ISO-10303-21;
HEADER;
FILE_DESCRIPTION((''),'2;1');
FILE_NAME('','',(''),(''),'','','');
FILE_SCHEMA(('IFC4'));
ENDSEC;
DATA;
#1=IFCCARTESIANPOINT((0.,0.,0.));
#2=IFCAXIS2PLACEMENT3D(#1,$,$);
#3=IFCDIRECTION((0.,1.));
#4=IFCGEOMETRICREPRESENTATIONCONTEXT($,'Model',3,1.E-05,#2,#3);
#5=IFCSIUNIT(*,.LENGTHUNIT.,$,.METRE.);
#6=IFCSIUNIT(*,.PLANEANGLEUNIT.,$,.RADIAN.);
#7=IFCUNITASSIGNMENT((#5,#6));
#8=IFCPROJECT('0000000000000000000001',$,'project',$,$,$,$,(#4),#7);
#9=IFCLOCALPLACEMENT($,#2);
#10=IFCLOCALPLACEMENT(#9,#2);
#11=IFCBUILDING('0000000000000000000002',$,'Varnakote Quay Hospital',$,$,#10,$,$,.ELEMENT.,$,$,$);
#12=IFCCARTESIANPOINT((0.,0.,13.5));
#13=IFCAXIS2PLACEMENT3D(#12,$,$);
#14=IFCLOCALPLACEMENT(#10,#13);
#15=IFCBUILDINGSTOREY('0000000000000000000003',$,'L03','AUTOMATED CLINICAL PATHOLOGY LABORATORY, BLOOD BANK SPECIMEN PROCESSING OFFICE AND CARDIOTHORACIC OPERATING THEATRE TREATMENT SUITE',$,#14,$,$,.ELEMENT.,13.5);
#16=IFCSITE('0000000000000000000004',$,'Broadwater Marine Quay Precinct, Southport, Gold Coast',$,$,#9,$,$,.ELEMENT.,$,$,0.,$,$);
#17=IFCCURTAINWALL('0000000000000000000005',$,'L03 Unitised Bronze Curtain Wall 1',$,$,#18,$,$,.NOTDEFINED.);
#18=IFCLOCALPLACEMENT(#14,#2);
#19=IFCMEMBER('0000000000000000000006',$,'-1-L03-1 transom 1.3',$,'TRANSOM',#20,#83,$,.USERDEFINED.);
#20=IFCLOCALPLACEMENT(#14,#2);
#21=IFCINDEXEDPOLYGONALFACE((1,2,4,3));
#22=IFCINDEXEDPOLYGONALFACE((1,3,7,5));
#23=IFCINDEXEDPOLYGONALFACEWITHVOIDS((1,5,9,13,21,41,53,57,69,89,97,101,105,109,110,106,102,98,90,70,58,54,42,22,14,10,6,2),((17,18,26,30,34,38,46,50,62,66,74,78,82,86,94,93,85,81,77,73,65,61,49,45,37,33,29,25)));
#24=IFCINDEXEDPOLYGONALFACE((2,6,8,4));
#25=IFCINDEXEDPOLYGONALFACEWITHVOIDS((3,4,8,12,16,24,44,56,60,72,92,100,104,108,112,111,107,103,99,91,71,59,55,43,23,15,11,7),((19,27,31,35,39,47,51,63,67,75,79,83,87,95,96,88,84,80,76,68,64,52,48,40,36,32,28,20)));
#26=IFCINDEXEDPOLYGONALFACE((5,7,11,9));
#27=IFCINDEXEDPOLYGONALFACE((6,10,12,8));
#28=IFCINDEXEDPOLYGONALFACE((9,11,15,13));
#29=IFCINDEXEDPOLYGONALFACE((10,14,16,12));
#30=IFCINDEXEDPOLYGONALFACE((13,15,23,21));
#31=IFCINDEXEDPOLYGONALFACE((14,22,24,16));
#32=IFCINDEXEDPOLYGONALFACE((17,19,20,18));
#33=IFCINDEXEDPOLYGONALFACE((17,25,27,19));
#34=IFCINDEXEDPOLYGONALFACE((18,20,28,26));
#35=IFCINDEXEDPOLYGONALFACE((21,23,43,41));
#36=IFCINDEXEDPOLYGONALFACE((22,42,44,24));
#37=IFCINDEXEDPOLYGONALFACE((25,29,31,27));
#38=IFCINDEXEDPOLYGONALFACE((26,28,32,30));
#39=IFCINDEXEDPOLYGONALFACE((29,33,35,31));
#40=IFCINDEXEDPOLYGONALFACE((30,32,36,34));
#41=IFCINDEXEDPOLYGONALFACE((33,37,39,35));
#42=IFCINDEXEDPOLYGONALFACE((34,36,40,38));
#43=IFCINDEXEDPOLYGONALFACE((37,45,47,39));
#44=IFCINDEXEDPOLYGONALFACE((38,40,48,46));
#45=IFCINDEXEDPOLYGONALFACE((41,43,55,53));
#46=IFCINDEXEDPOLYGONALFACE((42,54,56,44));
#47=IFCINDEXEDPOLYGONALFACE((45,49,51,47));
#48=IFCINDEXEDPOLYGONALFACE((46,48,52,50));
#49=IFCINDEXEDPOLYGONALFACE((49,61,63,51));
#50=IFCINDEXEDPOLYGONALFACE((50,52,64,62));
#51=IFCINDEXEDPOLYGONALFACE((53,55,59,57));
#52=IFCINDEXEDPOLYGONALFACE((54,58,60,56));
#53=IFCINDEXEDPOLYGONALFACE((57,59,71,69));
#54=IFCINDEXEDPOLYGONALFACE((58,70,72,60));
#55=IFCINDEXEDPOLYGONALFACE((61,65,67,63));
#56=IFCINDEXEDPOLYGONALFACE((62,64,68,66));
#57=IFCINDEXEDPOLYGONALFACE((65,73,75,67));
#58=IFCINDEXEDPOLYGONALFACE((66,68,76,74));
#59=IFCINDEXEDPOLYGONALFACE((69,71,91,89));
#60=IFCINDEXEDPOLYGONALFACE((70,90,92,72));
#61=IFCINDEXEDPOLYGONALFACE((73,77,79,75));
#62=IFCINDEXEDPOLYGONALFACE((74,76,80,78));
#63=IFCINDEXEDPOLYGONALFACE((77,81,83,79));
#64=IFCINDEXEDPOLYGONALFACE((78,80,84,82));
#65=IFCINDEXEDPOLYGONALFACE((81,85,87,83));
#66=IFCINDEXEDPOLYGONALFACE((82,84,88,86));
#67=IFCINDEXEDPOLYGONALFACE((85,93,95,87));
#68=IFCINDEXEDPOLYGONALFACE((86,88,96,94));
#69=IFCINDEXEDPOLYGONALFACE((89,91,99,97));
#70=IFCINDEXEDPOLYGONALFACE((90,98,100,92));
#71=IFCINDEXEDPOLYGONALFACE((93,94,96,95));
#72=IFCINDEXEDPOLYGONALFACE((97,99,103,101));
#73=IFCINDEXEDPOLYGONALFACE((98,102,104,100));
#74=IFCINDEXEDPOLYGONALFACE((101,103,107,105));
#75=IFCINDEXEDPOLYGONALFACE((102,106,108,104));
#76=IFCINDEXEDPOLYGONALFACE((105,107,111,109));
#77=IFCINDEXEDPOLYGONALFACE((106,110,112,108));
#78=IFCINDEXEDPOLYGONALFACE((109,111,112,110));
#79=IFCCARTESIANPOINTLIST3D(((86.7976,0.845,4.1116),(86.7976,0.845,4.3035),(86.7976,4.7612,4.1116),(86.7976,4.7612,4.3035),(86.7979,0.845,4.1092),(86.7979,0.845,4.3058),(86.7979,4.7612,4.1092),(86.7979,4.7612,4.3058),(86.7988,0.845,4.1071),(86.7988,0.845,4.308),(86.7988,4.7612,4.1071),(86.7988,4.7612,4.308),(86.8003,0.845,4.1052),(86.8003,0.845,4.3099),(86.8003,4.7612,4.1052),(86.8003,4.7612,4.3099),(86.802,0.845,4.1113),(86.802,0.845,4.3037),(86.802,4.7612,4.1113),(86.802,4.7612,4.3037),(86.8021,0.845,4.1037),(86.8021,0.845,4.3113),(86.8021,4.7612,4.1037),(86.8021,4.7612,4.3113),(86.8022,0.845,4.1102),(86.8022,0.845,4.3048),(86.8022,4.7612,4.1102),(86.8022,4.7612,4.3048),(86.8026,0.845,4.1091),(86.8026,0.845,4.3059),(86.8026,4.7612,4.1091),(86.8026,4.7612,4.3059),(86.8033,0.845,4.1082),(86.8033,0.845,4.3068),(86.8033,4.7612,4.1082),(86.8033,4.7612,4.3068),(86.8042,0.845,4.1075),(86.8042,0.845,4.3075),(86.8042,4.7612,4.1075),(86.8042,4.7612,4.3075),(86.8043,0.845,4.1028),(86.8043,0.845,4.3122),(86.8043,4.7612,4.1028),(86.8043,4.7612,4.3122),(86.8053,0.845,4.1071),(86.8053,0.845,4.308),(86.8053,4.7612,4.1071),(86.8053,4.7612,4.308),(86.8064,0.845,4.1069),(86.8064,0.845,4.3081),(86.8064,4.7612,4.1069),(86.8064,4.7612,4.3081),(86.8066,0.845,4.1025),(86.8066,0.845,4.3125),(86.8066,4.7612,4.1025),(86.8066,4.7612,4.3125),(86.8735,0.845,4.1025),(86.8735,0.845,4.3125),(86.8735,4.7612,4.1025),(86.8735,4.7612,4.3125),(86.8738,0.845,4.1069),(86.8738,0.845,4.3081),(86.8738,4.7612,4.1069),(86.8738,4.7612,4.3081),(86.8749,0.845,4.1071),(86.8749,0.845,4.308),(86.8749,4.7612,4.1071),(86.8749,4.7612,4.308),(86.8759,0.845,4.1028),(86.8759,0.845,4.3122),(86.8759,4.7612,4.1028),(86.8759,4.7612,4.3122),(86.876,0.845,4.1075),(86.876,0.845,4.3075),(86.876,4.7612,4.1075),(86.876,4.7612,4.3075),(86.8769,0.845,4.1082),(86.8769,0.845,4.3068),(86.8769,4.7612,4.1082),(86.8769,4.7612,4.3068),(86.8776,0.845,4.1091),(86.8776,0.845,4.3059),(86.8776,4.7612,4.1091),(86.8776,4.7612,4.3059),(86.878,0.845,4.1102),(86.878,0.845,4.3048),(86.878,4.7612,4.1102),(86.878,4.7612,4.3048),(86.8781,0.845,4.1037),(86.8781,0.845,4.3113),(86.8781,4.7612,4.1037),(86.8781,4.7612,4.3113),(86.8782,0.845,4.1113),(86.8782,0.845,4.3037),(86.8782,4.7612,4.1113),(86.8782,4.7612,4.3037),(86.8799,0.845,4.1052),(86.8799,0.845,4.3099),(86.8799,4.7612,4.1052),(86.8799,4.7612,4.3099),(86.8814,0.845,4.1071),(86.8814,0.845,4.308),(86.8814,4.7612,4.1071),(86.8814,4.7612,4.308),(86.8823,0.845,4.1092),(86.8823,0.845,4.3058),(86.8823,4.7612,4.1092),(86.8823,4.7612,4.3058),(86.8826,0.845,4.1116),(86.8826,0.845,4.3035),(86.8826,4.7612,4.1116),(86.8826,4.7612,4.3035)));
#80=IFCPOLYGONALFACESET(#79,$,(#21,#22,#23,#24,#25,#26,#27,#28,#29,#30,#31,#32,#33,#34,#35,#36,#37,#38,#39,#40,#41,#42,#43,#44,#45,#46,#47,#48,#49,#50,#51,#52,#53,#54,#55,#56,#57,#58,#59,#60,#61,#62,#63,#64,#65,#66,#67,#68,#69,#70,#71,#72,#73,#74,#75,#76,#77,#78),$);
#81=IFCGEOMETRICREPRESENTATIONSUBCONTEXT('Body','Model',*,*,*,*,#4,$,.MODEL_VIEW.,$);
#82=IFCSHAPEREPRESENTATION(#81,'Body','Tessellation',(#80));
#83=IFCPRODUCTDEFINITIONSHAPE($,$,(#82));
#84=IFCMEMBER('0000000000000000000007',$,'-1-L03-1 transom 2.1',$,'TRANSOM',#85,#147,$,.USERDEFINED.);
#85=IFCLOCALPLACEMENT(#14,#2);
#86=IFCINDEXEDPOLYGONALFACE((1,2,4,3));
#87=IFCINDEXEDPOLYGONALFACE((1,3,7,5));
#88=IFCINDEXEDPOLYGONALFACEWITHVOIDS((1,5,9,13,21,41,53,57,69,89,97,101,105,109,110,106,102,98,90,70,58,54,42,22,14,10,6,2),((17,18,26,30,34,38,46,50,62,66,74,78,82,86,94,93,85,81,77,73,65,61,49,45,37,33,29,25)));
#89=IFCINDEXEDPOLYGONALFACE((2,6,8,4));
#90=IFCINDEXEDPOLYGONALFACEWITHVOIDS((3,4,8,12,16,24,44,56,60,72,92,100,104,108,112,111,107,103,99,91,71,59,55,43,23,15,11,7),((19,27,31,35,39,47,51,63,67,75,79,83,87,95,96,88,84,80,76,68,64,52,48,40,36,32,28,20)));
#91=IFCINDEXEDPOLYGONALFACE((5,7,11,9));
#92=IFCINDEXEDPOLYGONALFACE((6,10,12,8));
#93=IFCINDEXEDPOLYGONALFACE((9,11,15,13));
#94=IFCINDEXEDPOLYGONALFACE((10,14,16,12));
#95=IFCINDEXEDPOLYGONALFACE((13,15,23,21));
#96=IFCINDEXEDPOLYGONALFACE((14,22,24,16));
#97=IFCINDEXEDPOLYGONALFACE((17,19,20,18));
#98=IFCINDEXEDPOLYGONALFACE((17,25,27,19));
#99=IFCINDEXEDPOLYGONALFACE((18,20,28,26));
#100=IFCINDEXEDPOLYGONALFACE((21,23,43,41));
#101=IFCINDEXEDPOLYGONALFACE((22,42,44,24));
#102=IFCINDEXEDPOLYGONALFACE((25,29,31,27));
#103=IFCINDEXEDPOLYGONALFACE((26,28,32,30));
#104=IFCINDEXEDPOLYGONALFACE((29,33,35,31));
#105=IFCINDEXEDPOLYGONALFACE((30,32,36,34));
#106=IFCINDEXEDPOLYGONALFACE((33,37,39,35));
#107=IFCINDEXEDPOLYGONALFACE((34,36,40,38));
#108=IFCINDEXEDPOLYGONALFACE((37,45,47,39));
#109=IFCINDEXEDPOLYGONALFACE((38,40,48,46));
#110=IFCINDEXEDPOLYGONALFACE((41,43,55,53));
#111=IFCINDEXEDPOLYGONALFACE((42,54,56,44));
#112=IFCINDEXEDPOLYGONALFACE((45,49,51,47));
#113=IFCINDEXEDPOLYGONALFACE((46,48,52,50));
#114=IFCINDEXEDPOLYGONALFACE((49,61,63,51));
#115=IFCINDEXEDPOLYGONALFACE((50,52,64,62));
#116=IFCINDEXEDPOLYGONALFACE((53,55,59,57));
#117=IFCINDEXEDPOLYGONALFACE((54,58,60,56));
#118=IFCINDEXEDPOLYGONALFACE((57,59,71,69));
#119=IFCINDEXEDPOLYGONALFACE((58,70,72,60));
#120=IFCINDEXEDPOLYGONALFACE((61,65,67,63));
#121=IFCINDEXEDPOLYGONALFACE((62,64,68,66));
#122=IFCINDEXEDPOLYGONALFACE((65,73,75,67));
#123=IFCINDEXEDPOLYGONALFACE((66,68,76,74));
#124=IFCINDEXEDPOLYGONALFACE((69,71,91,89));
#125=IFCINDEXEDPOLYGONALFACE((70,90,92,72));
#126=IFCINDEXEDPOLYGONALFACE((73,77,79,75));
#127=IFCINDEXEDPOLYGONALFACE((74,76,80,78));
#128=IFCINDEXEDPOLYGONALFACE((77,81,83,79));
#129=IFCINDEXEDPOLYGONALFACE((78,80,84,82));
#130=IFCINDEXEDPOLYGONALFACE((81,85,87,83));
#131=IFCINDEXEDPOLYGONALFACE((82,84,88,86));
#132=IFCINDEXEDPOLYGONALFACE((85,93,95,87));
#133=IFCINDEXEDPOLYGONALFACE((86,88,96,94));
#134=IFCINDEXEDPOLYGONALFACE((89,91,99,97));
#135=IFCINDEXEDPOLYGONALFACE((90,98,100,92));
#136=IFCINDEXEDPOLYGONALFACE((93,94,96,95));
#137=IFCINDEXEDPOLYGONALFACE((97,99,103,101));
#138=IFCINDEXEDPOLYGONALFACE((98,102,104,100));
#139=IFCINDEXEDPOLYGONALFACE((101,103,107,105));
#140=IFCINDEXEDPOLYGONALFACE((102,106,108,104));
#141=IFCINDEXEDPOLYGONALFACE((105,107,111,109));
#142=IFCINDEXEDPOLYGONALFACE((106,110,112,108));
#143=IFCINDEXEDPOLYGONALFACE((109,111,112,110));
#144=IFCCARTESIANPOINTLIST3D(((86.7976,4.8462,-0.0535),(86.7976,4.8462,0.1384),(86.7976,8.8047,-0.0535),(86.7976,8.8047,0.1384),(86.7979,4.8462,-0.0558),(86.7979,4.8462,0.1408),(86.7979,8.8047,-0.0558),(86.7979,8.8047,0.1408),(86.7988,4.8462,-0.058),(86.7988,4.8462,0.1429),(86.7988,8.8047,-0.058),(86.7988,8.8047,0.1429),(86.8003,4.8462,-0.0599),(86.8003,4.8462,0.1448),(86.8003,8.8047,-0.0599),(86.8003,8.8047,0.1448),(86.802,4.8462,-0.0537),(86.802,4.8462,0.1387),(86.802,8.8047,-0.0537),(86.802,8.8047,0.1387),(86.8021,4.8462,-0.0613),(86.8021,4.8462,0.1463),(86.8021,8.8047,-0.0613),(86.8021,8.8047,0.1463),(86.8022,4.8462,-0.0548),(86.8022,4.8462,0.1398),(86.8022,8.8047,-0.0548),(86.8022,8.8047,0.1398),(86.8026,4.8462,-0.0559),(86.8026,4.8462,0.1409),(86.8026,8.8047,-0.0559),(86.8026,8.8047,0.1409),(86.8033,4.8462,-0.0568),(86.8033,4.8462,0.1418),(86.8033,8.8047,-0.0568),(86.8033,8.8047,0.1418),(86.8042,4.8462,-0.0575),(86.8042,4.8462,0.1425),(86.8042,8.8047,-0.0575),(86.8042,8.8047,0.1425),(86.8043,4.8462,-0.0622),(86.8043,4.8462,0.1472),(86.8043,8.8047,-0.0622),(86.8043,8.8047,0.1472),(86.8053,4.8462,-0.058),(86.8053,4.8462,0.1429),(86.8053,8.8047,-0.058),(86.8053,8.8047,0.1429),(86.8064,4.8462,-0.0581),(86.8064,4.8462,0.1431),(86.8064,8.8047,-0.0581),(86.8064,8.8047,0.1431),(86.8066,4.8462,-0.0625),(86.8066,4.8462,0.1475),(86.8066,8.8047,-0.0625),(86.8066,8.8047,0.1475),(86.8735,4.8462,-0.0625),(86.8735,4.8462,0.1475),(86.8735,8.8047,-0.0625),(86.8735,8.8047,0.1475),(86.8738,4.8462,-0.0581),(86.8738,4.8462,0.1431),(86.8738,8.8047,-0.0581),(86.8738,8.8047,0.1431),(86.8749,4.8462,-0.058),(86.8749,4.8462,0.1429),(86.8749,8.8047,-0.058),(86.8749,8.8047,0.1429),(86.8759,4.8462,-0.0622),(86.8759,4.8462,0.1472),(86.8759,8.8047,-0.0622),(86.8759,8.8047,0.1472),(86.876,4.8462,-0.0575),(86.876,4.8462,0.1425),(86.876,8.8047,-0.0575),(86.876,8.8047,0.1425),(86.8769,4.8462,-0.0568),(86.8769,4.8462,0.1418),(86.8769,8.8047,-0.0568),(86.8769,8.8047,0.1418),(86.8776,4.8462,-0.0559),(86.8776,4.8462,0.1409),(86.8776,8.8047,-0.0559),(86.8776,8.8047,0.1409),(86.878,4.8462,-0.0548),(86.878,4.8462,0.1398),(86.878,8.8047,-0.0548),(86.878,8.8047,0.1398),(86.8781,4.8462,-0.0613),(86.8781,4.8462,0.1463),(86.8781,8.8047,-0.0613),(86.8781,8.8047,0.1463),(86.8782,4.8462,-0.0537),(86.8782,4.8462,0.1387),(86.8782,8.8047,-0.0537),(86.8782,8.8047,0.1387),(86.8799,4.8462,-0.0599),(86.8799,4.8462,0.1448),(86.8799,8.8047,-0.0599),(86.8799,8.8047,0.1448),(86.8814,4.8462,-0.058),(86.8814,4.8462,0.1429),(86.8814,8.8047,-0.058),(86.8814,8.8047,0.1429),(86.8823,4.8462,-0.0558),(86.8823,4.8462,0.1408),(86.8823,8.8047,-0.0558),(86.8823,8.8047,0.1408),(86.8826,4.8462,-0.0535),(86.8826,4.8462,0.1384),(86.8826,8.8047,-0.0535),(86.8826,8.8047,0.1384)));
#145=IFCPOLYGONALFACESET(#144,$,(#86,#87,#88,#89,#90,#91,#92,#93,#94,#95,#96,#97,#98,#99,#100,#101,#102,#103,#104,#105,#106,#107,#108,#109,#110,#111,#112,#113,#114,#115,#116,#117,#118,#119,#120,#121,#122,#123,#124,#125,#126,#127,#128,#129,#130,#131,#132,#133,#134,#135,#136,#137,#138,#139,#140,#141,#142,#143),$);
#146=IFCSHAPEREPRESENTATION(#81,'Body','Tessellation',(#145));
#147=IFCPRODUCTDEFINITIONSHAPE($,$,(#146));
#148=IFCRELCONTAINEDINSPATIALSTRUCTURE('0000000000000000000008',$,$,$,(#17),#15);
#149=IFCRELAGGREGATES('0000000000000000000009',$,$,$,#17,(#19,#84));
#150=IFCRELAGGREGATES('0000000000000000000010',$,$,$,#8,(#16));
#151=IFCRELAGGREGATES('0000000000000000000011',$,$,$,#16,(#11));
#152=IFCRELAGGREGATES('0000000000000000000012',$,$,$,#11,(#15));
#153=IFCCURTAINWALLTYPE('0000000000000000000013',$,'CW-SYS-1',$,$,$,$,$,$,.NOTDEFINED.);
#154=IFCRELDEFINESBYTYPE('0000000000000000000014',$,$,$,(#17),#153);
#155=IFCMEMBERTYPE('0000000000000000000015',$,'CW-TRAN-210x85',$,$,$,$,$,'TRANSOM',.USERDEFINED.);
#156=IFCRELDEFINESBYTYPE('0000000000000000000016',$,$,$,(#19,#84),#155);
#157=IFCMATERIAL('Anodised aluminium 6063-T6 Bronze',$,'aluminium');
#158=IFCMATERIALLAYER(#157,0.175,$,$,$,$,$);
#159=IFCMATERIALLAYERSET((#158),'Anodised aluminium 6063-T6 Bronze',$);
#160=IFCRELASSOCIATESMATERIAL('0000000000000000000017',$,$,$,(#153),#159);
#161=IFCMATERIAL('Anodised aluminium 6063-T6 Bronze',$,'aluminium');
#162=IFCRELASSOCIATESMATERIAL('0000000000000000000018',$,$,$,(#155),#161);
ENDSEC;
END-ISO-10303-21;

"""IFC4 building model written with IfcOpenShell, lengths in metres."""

from ifc_helpers import new_model, si_unit, direction, frame, origin, origin_2d, place, context, subcontext, project, spatial, hollow_rectangle, extrude, material, layer, layer_set, material_profile, profile_set, type_object, element, aggregate, save


model = new_model("IFC4")

# Units and contexts
model_context = context("Model", 3, precision=1e-05, world=origin(), true_north=direction((0.0, 1.0)))
body_context = subcontext(model_context, "Body", "Model", "MODEL_VIEW")
ifc_project = project(units=[si_unit("LENGTHUNIT", "METRE"), si_unit("PLANEANGLEUNIT", "RADIAN")], contexts=[model_context])

# Site, building, storey
site_placement = place(None, origin())
site = spatial("IfcSite", under=ifc_project, at=site_placement, Name="Broadwater Marine Quay Precinct, Southport, Gold Coast", CompositionType="ELEMENT", RefElevation=0.0)
building_placement = place(site_placement, origin())
building = spatial("IfcBuilding", under=site, at=building_placement, Name="Varnakote Quay Hospital", CompositionType="ELEMENT")
storey_placement = place(building_placement, frame((0.0, 0.0, 13.5)))
storey = spatial("IfcBuildingStorey", under=building, at=storey_placement, Name="L03", Description="AUTOMATED CLINICAL PATHOLOGY LABORATORY, BLOOD BANK SPECIMEN PROCESSING OFFICE AND CARDIOTHORACIC OPERATING THEATRE TREATMENT SUITE", CompositionType="ELEMENT", Elevation=13.5)

# Curtain wall, members
ifc_material_1 = material(Name="Anodised aluminium 6063-T6 Bronze", Category="aluminium")
ifc_layer_1 = layer(ifc_material_1, 0.175)
ifc_layer_set_1 = layer_set([ifc_layer_1], Name="Anodised aluminium 6063-T6 Bronze")
curtain_wall_type = type_object("IfcCurtainWallType", Name="CW-SYS-1", PredefinedType="NOTDEFINED", material=ifc_layer_set_1)
curtain_wall_placement = place(storey_placement, origin())
curtain_wall = element("IfcCurtainWall", 1, at=curtain_wall_placement, inside=storey, type_object=curtain_wall_type, Name="L03 Unitised Bronze Curtain Wall 1", PredefinedType="NOTDEFINED")
ifc_material_2 = material(Name="Anodised aluminium 6063-T6 Bronze", Category="aluminium")
ifc_material_profile_1 = material_profile(ifc_material_2, hollow_rectangle(XDim=0.085, YDim=0.21, WallThickness=0.0044, InnerFilletRadius=0.0044, OuterFilletRadius=0.009, at=origin_2d()), Name="CW-TRAN-210x85")
ifc_profile_set_1 = profile_set([ifc_material_profile_1], Name="Anodised aluminium 6063-T6 Bronze")
member_type_1 = type_object("IfcMemberType", Name="CW-TRAN-210x85", ElementType="TRANSOM", PredefinedType="USERDEFINED", material=ifc_profile_set_1)
member_1_placement = place(storey_placement, frame((86.8401, 0.845, 4.2075), z_axis=(0.0, 1.0, 0.0), x_axis=(-1.0, 0.0, 0.0)))
member_1 = element("IfcMember", 2, at=member_1_placement, type_object=member_type_1, Name="-1-L03-1 transom 1.3", ObjectType="TRANSOM", PredefinedType="USERDEFINED", context=body_context, shape_type="SweptSolid", body=[
    extrude(hollow_rectangle(XDim=0.085, YDim=0.21, WallThickness=0.0044, InnerFilletRadius=0.0044, OuterFilletRadius=0.009, at=origin_2d()), origin(), (0.0, 0.0, 1.0), 3.9163),
])
member_2_placement = place(storey_placement, frame((86.8401, 4.8462, 0.0425), z_axis=(0.0, 1.0, 0.0), x_axis=(-1.0, 0.0, 0.0)))
member_2 = element("IfcMember", 3, at=member_2_placement, type_object=member_type_1, Name="-1-L03-1 transom 2.1", ObjectType="TRANSOM", PredefinedType="USERDEFINED", context=body_context, shape_type="SweptSolid", body=[
    extrude(hollow_rectangle(XDim=0.085, YDim=0.21, WallThickness=0.0044, InnerFilletRadius=0.0044, OuterFilletRadius=0.009, at=origin_2d()), origin(), (0.0, 0.0, 1.0), 3.9585),
])
aggregate(curtain_wall, [member_1, member_2])

save(model, "model.ifc")
